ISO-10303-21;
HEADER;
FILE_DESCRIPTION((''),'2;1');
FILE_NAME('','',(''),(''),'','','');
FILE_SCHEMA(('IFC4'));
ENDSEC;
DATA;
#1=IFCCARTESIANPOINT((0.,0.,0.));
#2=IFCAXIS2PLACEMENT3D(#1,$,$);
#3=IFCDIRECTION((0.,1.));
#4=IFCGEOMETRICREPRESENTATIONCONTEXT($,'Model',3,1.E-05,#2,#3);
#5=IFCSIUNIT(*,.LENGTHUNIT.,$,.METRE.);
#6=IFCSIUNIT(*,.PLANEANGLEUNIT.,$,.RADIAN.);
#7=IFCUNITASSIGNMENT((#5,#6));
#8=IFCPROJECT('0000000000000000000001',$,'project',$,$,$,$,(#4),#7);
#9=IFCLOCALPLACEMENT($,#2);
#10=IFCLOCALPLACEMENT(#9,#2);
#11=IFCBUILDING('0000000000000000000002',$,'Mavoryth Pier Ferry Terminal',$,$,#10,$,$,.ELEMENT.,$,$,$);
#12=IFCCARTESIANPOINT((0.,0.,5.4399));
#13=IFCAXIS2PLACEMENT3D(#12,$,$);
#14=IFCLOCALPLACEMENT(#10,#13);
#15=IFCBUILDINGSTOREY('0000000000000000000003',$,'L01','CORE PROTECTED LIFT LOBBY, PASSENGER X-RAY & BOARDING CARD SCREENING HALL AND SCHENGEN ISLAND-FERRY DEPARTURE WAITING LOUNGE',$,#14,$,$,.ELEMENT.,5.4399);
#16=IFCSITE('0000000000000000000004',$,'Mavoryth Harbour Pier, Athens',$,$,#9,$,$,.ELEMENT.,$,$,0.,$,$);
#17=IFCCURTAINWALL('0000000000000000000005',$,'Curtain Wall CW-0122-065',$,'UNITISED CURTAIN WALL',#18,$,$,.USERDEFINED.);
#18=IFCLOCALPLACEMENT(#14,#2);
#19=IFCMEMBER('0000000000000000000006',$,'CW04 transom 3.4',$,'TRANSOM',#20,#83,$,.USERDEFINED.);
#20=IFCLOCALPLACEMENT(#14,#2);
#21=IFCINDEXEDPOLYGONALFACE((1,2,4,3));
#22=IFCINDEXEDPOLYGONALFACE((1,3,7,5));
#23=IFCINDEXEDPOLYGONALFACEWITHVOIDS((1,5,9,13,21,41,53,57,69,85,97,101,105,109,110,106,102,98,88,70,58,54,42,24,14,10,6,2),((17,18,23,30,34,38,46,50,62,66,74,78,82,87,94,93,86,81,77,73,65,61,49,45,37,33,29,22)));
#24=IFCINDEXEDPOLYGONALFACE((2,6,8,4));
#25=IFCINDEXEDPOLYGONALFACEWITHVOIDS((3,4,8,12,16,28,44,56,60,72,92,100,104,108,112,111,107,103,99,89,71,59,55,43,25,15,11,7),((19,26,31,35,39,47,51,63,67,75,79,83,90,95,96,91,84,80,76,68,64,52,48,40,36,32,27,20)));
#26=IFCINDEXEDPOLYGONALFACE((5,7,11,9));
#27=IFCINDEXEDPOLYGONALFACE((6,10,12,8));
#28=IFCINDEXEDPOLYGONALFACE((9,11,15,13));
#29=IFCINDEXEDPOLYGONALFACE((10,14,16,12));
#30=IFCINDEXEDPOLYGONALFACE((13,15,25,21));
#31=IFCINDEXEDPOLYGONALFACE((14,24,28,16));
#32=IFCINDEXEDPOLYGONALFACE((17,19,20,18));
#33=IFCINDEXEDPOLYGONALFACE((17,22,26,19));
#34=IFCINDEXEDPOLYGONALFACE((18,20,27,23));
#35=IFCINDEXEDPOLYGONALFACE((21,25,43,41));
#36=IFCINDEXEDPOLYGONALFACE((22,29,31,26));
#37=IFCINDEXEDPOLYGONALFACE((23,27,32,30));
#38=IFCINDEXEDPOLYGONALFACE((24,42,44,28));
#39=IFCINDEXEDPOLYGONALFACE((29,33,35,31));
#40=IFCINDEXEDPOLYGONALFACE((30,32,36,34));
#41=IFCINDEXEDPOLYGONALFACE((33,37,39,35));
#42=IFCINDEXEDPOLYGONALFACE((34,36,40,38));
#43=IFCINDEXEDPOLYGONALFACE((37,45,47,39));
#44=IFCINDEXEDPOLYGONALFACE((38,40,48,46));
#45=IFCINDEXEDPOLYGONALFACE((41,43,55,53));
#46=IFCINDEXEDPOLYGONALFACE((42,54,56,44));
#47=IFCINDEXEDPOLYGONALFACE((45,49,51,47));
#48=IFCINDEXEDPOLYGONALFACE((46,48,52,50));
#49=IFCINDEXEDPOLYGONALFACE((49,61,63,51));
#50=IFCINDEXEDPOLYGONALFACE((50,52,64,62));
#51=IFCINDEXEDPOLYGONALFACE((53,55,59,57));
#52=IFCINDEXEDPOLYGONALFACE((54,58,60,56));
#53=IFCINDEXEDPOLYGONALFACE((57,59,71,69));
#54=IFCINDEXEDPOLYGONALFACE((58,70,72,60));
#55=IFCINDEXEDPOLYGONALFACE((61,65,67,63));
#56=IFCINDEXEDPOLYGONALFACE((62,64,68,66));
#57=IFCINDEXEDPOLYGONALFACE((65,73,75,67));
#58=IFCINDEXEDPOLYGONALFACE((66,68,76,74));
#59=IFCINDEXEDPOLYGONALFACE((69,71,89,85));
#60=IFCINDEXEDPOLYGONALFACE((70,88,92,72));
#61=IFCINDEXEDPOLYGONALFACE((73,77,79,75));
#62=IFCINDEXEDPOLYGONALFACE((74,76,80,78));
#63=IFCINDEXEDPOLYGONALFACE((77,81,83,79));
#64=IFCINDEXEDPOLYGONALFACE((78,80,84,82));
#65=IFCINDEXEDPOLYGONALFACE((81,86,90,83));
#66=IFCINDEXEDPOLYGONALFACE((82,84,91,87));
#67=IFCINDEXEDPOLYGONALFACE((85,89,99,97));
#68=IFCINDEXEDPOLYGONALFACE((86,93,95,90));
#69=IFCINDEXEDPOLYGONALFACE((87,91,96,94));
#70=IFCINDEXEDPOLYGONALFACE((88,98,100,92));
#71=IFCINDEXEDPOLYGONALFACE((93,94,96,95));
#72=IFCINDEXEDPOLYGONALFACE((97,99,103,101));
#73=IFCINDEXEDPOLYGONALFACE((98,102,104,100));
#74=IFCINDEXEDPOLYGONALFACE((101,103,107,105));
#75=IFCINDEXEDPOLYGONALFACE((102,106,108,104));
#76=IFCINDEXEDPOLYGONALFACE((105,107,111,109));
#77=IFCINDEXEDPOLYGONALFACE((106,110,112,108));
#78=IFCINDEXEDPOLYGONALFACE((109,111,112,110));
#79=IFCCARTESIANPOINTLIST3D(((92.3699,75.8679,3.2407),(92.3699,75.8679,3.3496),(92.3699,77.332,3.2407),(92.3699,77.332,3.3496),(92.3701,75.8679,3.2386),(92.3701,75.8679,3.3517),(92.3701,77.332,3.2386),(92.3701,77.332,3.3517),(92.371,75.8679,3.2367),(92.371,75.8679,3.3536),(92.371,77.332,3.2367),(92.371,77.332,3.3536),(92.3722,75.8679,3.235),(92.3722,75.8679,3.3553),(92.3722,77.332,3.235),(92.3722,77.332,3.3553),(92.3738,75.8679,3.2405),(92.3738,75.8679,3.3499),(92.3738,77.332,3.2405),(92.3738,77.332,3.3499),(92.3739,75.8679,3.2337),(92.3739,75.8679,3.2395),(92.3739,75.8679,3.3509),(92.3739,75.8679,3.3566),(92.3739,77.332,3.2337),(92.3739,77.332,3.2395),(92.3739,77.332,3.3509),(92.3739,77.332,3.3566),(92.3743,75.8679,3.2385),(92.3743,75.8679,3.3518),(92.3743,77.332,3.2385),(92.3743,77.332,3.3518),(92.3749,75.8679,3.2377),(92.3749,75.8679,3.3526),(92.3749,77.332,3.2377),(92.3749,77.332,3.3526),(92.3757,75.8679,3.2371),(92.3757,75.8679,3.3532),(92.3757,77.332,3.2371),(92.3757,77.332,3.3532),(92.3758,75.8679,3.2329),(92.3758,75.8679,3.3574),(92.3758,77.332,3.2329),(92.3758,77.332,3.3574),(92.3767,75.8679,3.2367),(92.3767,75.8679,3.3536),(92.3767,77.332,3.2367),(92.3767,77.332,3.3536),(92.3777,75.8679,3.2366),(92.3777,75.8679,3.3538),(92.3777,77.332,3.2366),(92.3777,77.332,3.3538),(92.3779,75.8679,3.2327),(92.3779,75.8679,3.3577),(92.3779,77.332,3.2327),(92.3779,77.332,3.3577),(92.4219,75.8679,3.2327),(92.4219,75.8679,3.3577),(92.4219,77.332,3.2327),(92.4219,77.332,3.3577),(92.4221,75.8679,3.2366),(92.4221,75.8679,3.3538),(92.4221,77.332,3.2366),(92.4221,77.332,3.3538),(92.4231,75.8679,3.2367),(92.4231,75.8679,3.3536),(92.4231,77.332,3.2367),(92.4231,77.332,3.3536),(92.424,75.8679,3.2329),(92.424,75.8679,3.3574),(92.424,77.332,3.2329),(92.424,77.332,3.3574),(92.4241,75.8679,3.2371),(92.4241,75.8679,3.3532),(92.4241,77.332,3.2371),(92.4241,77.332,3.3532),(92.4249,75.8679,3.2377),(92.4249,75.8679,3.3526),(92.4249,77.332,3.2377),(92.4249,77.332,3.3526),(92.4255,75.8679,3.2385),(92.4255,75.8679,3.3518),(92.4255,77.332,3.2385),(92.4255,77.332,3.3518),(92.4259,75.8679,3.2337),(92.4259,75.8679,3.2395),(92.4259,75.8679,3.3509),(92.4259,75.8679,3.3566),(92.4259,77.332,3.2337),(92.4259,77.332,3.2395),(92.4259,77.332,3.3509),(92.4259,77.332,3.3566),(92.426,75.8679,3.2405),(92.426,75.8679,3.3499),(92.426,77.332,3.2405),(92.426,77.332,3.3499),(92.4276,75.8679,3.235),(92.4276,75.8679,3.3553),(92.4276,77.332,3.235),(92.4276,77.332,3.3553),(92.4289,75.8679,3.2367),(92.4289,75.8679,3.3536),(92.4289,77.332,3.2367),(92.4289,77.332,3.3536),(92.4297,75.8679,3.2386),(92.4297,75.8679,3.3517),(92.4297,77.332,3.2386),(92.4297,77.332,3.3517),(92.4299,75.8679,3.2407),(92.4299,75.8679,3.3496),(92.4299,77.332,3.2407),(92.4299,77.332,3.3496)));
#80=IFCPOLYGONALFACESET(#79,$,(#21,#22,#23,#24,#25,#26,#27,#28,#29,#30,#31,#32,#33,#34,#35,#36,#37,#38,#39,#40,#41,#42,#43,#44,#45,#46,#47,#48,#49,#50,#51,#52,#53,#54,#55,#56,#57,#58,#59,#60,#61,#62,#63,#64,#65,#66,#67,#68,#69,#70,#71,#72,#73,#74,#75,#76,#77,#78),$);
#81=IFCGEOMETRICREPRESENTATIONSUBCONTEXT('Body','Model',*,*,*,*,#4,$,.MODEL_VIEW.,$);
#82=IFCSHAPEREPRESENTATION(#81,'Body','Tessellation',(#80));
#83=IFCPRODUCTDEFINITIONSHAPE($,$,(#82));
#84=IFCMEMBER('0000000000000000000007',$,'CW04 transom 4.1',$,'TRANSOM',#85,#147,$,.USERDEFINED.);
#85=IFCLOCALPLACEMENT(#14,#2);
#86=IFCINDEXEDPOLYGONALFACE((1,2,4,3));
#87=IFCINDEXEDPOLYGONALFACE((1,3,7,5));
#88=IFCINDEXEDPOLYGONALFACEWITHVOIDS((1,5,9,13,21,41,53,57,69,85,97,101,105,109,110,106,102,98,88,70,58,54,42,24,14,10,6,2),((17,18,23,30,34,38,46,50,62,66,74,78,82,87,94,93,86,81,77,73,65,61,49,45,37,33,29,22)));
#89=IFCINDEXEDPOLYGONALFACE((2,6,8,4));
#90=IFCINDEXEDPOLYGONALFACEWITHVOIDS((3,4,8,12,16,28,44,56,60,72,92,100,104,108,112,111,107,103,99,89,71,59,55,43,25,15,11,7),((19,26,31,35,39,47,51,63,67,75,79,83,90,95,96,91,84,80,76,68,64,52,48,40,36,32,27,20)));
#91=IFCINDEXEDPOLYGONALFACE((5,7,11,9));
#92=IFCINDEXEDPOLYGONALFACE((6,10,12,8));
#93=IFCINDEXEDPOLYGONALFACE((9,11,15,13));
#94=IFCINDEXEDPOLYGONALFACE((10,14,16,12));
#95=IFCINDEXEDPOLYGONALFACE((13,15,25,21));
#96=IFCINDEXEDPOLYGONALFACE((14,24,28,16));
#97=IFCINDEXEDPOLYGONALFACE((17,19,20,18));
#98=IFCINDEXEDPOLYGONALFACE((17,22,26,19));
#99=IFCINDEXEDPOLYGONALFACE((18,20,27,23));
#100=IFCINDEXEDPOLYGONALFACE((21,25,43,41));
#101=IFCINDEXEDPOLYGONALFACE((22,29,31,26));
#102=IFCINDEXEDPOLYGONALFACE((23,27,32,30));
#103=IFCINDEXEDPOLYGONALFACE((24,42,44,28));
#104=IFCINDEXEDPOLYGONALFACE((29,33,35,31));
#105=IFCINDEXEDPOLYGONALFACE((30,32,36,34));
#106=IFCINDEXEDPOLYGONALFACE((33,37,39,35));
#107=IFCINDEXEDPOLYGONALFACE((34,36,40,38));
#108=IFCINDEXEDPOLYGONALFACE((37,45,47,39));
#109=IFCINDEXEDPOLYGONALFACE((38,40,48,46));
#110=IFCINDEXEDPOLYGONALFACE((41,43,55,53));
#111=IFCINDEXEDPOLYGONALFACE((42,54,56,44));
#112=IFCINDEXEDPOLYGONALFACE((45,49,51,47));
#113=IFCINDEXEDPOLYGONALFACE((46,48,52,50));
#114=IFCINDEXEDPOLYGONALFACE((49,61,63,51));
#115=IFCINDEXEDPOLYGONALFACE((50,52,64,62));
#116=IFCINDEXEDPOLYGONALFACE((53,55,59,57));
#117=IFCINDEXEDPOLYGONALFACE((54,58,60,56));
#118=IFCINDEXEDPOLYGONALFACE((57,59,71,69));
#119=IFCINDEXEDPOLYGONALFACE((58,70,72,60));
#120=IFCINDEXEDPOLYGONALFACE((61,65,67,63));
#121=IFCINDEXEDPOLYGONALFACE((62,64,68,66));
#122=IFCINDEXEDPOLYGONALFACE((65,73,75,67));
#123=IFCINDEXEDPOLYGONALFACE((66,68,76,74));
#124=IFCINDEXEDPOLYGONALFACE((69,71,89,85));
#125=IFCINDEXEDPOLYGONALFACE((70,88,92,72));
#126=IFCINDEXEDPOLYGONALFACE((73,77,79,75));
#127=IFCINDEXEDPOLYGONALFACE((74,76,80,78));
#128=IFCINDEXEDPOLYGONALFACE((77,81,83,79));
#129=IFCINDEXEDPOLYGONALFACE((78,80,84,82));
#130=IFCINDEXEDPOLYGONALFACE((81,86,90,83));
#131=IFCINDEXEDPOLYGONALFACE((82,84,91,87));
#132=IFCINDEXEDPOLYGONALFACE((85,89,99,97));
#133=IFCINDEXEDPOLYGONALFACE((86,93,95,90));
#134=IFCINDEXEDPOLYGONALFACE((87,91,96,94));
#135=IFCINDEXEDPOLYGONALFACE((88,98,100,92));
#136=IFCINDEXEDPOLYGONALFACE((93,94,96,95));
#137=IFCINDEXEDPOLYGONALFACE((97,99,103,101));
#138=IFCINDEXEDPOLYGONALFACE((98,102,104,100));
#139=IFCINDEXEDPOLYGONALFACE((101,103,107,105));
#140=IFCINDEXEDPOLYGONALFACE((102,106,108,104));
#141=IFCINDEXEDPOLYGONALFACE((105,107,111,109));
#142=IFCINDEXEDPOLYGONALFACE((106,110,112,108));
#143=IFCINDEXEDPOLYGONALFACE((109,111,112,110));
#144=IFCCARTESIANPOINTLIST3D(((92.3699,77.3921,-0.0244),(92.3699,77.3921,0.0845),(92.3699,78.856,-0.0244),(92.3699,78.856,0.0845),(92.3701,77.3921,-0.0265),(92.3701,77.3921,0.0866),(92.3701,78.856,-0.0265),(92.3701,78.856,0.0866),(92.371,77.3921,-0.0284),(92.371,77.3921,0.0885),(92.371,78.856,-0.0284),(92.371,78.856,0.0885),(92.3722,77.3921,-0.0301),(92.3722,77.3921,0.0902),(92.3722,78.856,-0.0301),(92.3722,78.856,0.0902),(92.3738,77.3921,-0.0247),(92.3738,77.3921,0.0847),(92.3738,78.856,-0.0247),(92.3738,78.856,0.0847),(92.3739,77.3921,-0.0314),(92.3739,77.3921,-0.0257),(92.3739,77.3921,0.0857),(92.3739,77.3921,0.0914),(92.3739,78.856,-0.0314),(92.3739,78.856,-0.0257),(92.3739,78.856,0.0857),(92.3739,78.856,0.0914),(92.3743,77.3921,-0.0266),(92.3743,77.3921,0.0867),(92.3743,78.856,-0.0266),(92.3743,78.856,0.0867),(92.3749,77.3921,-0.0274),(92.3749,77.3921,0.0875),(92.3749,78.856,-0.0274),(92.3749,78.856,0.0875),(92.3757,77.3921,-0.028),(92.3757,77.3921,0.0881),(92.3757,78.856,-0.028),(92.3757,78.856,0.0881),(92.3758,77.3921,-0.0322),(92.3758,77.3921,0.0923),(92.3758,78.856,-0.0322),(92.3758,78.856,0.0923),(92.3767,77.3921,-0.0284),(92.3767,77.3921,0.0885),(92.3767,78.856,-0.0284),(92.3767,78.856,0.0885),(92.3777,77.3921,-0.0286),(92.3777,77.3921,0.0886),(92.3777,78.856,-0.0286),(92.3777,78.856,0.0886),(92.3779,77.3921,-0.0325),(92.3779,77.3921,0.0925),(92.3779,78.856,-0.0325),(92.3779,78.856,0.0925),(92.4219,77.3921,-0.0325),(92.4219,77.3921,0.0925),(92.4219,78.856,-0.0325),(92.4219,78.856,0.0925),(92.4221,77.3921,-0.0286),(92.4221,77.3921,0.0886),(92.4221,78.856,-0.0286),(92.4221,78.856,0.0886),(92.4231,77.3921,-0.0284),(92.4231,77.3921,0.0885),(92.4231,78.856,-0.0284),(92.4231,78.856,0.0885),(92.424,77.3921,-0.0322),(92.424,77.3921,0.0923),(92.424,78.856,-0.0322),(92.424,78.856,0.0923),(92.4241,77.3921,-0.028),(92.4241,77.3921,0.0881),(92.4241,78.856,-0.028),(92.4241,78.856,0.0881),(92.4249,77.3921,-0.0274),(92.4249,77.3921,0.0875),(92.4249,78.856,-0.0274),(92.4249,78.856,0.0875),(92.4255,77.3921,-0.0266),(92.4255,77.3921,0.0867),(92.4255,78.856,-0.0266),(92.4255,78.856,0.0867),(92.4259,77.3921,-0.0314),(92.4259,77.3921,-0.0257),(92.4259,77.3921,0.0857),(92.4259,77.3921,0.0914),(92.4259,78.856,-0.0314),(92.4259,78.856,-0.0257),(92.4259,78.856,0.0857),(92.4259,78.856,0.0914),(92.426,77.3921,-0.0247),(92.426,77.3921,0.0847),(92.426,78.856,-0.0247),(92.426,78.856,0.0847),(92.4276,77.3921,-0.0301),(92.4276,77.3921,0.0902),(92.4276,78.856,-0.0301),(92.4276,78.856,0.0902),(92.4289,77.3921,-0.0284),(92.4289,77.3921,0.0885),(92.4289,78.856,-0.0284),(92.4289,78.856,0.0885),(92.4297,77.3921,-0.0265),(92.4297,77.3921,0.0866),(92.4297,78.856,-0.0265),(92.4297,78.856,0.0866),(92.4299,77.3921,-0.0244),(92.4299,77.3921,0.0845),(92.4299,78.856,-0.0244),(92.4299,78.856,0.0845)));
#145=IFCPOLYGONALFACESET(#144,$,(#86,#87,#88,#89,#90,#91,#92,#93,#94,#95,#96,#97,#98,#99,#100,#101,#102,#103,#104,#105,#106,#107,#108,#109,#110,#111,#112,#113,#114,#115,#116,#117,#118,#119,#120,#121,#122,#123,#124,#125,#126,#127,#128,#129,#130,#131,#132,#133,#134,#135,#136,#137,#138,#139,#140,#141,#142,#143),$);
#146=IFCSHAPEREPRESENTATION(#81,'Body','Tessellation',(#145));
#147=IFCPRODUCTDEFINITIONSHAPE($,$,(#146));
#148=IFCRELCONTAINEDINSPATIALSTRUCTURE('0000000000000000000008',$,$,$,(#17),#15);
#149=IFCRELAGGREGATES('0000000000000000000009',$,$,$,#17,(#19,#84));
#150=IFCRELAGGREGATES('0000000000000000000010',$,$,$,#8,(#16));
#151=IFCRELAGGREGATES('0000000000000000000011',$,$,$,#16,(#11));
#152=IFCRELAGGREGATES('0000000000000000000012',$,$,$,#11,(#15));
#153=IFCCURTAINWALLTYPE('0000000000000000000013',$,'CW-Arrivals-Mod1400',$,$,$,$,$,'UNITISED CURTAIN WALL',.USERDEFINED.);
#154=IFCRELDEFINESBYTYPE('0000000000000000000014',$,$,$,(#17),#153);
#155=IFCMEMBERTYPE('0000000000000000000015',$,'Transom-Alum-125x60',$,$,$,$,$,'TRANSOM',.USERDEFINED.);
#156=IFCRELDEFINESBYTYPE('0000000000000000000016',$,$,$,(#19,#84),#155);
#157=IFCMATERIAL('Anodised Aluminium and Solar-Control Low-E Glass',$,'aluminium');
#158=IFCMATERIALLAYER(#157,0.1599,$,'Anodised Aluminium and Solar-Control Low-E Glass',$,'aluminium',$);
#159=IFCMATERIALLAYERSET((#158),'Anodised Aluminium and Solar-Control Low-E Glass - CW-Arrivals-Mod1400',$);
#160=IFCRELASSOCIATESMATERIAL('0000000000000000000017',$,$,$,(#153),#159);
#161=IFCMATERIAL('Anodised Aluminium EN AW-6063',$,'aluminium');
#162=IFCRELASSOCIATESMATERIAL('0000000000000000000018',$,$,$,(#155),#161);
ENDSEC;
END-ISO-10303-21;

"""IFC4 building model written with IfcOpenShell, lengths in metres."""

from ifc_helpers import new_model, si_unit, direction, frame, origin, origin_2d, place, context, subcontext, project, spatial, hollow_rectangle, extrude, material, layer, layer_set, material_profile, profile_set, type_object, element, aggregate, save


model = new_model("IFC4")

# Units and contexts
model_context = context("Model", 3, precision=1e-05, world=origin(), true_north=direction((0.0, 1.0)))
body_context = subcontext(model_context, "Body", "Model", "MODEL_VIEW")
ifc_project = project(units=[si_unit("LENGTHUNIT", "METRE"), si_unit("PLANEANGLEUNIT", "RADIAN")], contexts=[model_context])

# Site, building, storey
site_placement = place(None, origin())
site = spatial("IfcSite", under=ifc_project, at=site_placement, Name="Mavoryth Harbour Pier, Athens", CompositionType="ELEMENT", RefElevation=0.0)
building_placement = place(site_placement, origin())
building = spatial("IfcBuilding", under=site, at=building_placement, Name="Mavoryth Pier Ferry Terminal", CompositionType="ELEMENT")
storey_placement = place(building_placement, frame((0.0, 0.0, 5.4399)))
storey = spatial("IfcBuildingStorey", under=building, at=storey_placement, Name="L01", Description="CORE PROTECTED LIFT LOBBY, PASSENGER X-RAY & BOARDING CARD SCREENING HALL AND SCHENGEN ISLAND-FERRY DEPARTURE WAITING LOUNGE", CompositionType="ELEMENT", Elevation=5.4399)

# Curtain wall
ifc_material_1 = material(Name="Anodised Aluminium and Solar-Control Low-E Glass", Category="aluminium")
ifc_layer_1 = layer(ifc_material_1, 0.1599, Name="Anodised Aluminium and Solar-Control Low-E Glass", Category="aluminium")
ifc_layer_set_1 = layer_set([ifc_layer_1], Name="Anodised Aluminium and Solar-Control Low-E Glass - CW-Arrivals-Mod1400")
curtain_wall_type = type_object("IfcCurtainWallType", Name="CW-Arrivals-Mod1400", ElementType="UNITISED CURTAIN WALL", PredefinedType="USERDEFINED", material=ifc_layer_set_1)
curtain_wall_1_placement = place(storey_placement, origin())
curtain_wall_1 = element("IfcCurtainWall", 1, at=curtain_wall_1_placement, inside=storey, type_object=curtain_wall_type, Name="Curtain Wall CW-0122-065", ObjectType="UNITISED CURTAIN WALL", PredefinedType="USERDEFINED")
ifc_material_2 = material(Name="Anodised Aluminium EN AW-6063", Category="aluminium")

# Members
ifc_material_profile_1 = material_profile(ifc_material_2, hollow_rectangle(XDim=0.0601, YDim=0.125, WallThickness=0.0039, InnerFilletRadius=0.0039, OuterFilletRadius=0.0081, at=origin_2d()), Name="AL-TRAN 125x60x4", Category="aluminium")
ifc_profile_set_1 = profile_set([ifc_material_profile_1], Name="Anodised Aluminium EN AW-6063 - AL-TRAN 125x60x4")
member_type_1 = type_object("IfcMemberType", Name="Transom-Alum-125x60", ElementType="TRANSOM", PredefinedType="USERDEFINED", material=ifc_profile_set_1)
member_1_placement = place(storey_placement, frame((92.3999, 75.8679, 3.2952), z_axis=(0.0, 1.0, 0.0), x_axis=(-1.0, 0.0, 0.0)))
member_1 = element("IfcMember", 2, at=member_1_placement, type_object=member_type_1, Name="CW04 transom 3.4", ObjectType="TRANSOM", PredefinedType="USERDEFINED", context=body_context, shape_type="SweptSolid", body=[
    extrude(hollow_rectangle(XDim=0.0601, YDim=0.125, WallThickness=0.0039, InnerFilletRadius=0.0039, OuterFilletRadius=0.0081, at=origin_2d()), origin(), (0.0, 0.0, 1.0), 1.4641),
])
member_2_placement = place(storey_placement, frame((92.3999, 77.3921, 0.03), z_axis=(0.0, 1.0, 0.0), x_axis=(-1.0, 0.0, 0.0)))
member_2 = element("IfcMember", 3, at=member_2_placement, type_object=member_type_1, Name="CW04 transom 4.1", ObjectType="TRANSOM", PredefinedType="USERDEFINED", context=body_context, shape_type="SweptSolid", body=[
    extrude(hollow_rectangle(XDim=0.0601, YDim=0.125, WallThickness=0.0039, InnerFilletRadius=0.0039, OuterFilletRadius=0.0081, at=origin_2d()), origin(), (0.0, 0.0, 1.0), 1.4639),
])

aggregate(curtain_wall_1, [member_1, member_2])

save(model, "model.ifc")
